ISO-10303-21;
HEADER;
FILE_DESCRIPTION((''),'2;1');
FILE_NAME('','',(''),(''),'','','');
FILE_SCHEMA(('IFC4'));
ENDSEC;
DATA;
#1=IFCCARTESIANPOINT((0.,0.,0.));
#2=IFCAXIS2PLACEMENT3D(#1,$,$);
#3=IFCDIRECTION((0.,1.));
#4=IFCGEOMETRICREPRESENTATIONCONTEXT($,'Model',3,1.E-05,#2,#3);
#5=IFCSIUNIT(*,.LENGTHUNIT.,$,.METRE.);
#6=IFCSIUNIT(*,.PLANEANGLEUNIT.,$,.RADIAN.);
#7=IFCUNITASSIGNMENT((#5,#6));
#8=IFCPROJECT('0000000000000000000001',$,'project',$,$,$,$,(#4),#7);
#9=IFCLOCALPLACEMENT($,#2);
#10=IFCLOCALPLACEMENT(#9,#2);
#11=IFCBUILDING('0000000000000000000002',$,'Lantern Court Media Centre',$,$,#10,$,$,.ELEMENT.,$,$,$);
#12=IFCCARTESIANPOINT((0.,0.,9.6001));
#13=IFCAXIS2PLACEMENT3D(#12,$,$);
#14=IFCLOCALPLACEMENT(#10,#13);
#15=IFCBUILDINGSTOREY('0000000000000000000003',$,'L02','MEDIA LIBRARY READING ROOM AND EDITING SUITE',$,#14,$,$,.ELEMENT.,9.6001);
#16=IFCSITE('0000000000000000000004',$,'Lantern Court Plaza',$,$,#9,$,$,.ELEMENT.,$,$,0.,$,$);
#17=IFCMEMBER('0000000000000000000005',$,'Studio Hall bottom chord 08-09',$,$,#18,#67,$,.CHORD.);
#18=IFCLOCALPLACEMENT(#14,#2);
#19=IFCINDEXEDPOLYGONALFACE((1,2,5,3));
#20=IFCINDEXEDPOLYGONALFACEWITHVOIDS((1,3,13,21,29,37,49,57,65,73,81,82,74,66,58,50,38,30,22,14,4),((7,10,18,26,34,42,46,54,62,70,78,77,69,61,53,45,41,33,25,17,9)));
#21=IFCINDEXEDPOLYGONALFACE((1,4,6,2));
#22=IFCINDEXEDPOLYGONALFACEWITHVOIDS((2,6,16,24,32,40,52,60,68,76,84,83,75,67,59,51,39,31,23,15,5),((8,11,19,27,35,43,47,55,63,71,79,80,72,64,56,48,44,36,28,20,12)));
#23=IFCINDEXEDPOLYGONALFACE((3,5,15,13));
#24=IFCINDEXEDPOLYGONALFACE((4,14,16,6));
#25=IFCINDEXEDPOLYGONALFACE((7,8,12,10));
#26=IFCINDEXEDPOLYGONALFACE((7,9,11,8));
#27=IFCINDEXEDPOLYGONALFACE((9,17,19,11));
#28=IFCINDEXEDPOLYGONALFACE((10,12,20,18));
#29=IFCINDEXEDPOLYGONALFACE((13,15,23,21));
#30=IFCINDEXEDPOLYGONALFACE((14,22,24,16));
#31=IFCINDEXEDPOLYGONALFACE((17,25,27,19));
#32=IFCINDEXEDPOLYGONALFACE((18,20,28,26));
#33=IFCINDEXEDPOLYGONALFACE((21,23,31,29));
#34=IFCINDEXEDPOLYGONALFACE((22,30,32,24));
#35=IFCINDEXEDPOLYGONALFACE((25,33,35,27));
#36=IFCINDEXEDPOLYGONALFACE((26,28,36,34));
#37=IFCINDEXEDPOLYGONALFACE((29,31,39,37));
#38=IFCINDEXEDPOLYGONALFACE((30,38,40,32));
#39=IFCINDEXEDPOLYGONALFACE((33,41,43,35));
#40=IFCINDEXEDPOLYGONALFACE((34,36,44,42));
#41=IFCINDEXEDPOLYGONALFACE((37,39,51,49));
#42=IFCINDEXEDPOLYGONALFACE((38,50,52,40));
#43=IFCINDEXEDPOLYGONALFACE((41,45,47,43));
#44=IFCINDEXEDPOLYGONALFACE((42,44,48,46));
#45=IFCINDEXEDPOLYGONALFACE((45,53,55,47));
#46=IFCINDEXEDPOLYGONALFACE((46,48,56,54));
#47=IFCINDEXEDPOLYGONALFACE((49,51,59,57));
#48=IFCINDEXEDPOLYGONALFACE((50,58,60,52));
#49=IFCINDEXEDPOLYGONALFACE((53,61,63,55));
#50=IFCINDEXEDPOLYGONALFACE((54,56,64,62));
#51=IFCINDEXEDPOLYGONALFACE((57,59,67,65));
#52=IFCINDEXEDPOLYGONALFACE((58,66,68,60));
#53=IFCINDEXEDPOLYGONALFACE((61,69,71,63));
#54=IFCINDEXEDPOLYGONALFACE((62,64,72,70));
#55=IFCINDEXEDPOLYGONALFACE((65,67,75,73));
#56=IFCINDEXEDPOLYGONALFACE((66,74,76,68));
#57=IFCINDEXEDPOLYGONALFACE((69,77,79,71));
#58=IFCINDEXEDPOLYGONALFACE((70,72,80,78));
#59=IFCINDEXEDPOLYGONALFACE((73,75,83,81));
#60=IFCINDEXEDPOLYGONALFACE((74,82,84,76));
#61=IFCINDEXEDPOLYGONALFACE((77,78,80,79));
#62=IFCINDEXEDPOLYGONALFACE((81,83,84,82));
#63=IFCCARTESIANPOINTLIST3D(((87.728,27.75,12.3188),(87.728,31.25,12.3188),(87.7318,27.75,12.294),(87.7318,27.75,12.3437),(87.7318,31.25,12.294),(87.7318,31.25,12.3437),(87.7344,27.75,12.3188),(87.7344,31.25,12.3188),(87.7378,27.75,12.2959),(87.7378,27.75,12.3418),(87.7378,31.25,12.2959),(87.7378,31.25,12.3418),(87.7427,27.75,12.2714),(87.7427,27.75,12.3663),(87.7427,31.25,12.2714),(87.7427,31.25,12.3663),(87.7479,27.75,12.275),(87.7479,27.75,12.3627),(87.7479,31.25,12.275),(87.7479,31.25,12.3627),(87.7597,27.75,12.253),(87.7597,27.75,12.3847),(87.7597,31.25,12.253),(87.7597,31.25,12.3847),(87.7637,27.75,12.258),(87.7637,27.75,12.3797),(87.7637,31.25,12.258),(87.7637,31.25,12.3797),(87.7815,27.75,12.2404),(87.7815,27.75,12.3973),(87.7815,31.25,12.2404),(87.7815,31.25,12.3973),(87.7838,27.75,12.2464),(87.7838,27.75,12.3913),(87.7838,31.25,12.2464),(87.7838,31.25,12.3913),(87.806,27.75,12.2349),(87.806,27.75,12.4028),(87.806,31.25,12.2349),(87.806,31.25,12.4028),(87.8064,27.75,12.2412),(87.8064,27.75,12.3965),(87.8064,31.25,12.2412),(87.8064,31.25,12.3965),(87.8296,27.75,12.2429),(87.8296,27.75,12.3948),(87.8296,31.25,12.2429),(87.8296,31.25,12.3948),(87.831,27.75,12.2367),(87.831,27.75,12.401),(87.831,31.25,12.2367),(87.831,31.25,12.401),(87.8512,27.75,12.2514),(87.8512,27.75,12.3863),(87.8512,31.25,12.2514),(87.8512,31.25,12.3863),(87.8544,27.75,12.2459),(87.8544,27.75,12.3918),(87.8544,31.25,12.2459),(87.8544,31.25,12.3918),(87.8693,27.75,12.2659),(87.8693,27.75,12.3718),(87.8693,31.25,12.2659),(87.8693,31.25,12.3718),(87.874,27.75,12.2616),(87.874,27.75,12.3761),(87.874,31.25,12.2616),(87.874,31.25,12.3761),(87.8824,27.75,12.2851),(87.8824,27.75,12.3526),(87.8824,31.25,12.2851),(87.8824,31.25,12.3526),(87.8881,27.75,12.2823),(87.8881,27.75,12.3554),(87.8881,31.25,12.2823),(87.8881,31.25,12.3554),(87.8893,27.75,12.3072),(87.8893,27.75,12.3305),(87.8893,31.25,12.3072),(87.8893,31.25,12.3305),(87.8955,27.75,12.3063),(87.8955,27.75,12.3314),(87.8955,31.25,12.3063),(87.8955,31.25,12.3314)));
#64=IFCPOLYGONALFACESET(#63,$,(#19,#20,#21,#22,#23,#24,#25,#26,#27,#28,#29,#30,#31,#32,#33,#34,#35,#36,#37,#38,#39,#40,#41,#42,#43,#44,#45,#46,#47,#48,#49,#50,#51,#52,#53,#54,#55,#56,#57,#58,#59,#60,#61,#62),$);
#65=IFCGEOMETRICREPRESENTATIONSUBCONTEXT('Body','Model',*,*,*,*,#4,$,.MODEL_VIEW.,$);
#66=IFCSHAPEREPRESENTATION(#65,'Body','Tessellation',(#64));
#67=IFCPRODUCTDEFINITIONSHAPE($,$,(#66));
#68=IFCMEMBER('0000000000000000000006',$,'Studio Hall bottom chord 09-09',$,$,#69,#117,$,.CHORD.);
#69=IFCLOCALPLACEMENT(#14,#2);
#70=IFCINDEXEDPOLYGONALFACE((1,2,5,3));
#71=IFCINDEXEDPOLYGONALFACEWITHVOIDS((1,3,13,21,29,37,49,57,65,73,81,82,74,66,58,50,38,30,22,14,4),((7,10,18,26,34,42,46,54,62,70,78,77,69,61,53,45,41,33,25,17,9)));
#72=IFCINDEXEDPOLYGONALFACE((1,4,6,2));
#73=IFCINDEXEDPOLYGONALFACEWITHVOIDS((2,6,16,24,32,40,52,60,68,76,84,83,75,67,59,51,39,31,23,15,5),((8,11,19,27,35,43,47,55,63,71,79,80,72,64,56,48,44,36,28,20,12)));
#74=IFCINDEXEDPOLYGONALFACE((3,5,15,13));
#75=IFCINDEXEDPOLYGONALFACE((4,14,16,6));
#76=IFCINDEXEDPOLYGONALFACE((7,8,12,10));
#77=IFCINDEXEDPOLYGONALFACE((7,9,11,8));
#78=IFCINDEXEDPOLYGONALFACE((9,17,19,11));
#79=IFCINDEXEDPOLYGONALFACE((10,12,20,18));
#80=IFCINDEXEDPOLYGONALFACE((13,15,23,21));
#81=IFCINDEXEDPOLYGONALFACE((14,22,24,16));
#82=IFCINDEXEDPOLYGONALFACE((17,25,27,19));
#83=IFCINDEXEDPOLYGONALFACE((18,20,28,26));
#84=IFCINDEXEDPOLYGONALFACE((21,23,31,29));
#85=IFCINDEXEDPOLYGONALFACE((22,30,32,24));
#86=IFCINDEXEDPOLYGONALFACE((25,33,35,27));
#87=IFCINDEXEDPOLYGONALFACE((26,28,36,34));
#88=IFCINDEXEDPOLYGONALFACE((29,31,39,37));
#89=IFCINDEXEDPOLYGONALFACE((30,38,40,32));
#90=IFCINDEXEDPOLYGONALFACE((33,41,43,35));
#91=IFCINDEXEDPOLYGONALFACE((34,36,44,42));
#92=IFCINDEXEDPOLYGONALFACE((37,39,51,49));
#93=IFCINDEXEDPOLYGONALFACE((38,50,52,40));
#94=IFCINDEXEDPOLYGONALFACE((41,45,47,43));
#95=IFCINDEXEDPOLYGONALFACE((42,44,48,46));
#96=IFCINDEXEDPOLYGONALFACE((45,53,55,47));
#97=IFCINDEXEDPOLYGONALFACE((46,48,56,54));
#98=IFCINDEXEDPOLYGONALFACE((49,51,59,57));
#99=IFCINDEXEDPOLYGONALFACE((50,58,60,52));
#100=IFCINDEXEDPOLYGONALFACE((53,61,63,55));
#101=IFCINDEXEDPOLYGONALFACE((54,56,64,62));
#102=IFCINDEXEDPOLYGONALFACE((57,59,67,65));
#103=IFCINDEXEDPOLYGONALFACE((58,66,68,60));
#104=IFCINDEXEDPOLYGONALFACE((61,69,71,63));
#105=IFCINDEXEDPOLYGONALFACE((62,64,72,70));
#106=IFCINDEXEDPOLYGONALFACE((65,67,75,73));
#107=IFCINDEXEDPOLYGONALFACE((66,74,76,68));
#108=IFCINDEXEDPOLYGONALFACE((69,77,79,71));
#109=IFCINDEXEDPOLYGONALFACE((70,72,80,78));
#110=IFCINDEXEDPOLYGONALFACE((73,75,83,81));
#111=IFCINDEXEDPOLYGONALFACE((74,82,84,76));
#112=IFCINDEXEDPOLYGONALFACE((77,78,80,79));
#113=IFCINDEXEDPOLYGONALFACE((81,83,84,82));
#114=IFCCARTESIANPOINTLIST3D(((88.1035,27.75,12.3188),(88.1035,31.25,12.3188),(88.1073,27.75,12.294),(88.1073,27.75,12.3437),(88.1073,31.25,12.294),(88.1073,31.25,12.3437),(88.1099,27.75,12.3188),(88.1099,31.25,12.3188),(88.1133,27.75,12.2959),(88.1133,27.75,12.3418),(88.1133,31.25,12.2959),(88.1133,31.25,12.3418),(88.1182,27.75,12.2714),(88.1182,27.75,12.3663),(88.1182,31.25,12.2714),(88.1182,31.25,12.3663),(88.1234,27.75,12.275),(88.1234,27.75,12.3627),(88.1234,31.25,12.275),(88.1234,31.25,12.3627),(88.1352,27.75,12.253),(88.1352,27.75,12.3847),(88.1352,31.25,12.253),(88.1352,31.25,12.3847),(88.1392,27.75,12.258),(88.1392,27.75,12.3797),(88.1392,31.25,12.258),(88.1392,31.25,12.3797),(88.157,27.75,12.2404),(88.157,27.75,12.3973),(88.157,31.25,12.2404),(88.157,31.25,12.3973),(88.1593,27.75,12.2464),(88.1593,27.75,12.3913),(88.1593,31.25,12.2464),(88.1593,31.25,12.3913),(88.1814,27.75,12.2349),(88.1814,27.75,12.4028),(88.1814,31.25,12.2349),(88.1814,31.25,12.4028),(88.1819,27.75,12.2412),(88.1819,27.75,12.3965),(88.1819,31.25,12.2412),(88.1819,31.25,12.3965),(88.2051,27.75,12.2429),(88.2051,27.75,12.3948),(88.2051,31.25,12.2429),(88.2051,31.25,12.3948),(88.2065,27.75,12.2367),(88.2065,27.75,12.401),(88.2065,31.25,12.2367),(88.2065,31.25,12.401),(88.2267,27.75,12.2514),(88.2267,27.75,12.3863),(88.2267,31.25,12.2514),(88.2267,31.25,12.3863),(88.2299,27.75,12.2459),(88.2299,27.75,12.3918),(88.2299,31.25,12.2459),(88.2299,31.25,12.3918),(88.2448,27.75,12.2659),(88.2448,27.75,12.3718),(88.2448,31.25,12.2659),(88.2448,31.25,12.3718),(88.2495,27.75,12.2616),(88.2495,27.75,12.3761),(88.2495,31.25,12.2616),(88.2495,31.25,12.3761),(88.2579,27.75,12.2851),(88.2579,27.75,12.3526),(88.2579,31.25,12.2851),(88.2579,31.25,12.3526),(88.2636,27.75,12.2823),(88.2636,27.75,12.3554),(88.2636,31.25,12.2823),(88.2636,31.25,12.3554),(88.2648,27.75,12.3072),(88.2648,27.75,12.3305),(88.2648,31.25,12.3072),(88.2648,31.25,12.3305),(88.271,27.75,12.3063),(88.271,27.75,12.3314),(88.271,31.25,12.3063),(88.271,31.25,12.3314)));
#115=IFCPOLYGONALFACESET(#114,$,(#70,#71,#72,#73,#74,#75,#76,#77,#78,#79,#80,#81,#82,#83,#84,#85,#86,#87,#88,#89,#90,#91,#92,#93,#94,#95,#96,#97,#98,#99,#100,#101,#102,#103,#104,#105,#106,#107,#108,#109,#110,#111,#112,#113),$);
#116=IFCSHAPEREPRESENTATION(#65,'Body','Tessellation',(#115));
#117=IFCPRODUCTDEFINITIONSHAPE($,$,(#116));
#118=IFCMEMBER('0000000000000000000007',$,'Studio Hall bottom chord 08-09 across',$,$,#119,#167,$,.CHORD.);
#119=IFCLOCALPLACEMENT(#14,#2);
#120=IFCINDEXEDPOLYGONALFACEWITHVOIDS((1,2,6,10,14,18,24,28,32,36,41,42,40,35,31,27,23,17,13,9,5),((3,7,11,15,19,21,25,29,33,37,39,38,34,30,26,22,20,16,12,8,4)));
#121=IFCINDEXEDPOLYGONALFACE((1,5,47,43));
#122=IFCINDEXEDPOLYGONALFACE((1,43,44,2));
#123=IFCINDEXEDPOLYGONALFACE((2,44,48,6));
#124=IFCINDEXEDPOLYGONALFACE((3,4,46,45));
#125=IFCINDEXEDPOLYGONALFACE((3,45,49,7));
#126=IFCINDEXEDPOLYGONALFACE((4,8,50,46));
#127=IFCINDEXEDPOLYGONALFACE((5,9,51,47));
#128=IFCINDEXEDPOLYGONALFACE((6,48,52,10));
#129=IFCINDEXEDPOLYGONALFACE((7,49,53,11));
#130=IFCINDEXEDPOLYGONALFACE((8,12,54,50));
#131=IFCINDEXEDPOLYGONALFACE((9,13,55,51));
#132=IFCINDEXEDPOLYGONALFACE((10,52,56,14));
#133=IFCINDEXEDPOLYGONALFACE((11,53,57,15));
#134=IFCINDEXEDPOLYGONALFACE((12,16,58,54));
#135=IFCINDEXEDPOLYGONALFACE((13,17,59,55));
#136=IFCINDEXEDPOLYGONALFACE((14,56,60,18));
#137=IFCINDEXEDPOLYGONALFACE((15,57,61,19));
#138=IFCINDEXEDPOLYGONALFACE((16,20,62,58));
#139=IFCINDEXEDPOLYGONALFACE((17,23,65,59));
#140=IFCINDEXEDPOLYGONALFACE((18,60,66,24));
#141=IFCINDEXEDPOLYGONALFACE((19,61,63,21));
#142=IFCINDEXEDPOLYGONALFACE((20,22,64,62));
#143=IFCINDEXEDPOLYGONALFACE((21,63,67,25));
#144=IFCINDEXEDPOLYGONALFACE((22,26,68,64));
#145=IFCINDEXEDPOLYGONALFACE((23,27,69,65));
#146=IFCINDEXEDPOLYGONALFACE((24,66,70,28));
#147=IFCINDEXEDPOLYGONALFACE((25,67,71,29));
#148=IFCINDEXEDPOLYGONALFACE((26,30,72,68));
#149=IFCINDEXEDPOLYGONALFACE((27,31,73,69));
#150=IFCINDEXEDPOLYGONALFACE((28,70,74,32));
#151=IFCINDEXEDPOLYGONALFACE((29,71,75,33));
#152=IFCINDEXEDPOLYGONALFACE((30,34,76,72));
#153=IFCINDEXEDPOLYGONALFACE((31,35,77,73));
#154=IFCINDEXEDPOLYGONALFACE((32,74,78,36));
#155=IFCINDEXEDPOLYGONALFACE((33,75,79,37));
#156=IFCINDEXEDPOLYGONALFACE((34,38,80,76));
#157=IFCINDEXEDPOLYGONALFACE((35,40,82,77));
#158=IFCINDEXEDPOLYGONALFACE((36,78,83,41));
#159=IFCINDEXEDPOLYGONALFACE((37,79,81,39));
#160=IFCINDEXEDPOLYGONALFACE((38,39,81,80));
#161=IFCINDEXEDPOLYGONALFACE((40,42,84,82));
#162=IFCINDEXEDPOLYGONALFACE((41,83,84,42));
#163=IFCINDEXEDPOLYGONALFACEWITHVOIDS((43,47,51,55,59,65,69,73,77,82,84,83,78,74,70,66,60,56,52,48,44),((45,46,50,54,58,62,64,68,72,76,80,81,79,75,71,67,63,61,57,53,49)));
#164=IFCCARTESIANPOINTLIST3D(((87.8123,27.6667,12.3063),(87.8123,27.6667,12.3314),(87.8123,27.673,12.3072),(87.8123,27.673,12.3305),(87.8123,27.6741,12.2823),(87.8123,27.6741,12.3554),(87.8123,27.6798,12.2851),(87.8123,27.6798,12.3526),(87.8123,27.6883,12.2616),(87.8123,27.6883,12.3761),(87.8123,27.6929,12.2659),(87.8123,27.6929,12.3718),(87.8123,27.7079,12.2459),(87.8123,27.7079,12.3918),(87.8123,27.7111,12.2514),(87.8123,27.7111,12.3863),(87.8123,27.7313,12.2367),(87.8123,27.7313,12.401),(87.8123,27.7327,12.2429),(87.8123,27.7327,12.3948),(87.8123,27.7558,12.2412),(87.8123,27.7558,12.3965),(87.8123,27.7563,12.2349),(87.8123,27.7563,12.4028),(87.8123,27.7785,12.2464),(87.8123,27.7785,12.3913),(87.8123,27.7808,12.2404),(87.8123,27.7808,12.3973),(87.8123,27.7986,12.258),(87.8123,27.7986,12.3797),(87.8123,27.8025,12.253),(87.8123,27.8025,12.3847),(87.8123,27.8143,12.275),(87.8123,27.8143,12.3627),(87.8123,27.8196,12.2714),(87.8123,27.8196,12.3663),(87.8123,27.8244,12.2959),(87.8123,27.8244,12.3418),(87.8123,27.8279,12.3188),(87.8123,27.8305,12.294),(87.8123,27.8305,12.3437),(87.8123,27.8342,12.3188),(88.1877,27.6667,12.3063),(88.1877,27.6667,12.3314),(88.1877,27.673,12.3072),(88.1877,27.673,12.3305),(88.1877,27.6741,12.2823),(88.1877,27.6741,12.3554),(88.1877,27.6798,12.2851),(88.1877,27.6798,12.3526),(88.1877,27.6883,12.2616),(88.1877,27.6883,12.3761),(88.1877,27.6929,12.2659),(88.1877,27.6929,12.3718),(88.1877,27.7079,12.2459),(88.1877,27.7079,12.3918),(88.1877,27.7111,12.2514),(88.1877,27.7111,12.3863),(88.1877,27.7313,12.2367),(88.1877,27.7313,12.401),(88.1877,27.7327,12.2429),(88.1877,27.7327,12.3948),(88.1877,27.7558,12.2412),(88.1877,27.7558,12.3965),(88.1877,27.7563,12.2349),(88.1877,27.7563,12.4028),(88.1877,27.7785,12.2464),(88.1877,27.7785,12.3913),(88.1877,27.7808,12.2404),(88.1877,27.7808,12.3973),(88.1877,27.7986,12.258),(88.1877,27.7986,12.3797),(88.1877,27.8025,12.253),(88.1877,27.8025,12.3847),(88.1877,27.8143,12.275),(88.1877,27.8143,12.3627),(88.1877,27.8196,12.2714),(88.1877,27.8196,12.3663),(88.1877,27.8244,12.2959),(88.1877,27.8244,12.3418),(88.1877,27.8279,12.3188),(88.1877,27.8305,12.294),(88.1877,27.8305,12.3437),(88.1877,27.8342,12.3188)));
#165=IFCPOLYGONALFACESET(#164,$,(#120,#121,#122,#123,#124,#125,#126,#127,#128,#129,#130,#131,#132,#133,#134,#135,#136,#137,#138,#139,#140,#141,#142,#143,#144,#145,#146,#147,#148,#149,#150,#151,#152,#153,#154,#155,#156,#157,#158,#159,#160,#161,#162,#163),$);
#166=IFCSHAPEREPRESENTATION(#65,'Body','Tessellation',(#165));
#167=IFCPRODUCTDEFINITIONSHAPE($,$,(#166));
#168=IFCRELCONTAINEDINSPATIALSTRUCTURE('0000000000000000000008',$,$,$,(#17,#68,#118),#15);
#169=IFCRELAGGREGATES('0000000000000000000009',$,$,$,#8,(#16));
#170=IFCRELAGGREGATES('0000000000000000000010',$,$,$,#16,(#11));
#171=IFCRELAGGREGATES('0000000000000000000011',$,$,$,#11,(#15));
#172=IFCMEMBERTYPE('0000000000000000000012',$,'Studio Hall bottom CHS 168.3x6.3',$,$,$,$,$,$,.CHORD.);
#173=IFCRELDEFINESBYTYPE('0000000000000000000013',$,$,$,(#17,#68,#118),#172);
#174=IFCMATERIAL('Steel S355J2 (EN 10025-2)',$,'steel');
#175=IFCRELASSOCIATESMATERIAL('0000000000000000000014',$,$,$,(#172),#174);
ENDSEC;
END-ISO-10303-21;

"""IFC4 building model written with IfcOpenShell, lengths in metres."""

from ifc_helpers import new_model, si_unit, direction, frame, origin, origin_2d, place, context, subcontext, project, spatial, hollow_circle, extrude, material, material_profile, profile_set, type_object, element, save


model = new_model("IFC4")

# Units and contexts
model_context = context("Model", 3, precision=1e-05, world=origin(), true_north=direction((0.0, 1.0)))
body_context = subcontext(model_context, "Body", "Model", "MODEL_VIEW")
ifc_project = project(units=[si_unit("LENGTHUNIT", "METRE"), si_unit("PLANEANGLEUNIT", "RADIAN")], contexts=[model_context])

# Site, building, storey
site_placement = place(None, origin())
site = spatial("IfcSite", under=ifc_project, at=site_placement, Name="Lantern Court Plaza", CompositionType="ELEMENT", RefElevation=0.0)
building_placement = place(site_placement, origin())
building = spatial("IfcBuilding", under=site, at=building_placement, Name="Lantern Court Media Centre", CompositionType="ELEMENT")
storey_placement = place(building_placement, frame((0.0, 0.0, 9.6001)))
storey = spatial("IfcBuildingStorey", under=building, at=storey_placement, Name="L02", Description="MEDIA LIBRARY READING ROOM AND EDITING SUITE", CompositionType="ELEMENT", Elevation=9.6001)

# Members
ifc_material = material(Name="Steel S355J2 (EN 10025-2)", Category="steel")
ifc_material_profile_1 = material_profile(ifc_material, hollow_circle(Radius=0.0842, WallThickness=0.0063, at=origin_2d()), Name="Studio Hall bottom CHS 168.3x6.3")
ifc_profile_set_1 = profile_set([ifc_material_profile_1], Name="Steel S355J2 (EN 10025-2)")
member_type_1 = type_object("IfcMemberType", Name="Studio Hall bottom CHS 168.3x6.3", PredefinedType="CHORD", material=ifc_profile_set_1)
for number, where, z_axis, x_axis, name in (
    (1, (87.8123, 27.75, 12.3188), (0.0, 1.0, 0.0), (-1.0, 0.0, 0.0), "Studio Hall bottom chord 08-09"),
    (2, (88.1877, 27.75, 12.3188), (0.0, 1.0, 0.0), (-1.0, 0.0, 0.0), "Studio Hall bottom chord 09-09"),
):
    element("IfcMember", number, at=place(storey_placement, frame(where, z_axis=z_axis, x_axis=x_axis)), inside=storey, type_object=member_type_1, Name=name, PredefinedType="CHORD", context=body_context, shape_type="SweptSolid", body=[
        extrude(hollow_circle(Radius=0.0842, WallThickness=0.0063, at=origin_2d()), origin(), (0.0, 0.0, 1.0), 3.5),
    ])
member_1_placement = place(storey_placement, frame((87.8123, 27.75, 12.3188), z_axis=(1.0, 0.0, 0.0), x_axis=(0.0, 1.0, 0.0)))
element("IfcMember", 3, at=member_1_placement, inside=storey, type_object=member_type_1, Name="Studio Hall bottom chord 08-09 across", PredefinedType="CHORD", context=body_context, shape_type="SweptSolid", body=[
    extrude(hollow_circle(Radius=0.0842, WallThickness=0.0063, at=origin_2d()), origin(), (0.0, 0.0, 1.0), 0.3755),
])

save(model, "model.ifc")
